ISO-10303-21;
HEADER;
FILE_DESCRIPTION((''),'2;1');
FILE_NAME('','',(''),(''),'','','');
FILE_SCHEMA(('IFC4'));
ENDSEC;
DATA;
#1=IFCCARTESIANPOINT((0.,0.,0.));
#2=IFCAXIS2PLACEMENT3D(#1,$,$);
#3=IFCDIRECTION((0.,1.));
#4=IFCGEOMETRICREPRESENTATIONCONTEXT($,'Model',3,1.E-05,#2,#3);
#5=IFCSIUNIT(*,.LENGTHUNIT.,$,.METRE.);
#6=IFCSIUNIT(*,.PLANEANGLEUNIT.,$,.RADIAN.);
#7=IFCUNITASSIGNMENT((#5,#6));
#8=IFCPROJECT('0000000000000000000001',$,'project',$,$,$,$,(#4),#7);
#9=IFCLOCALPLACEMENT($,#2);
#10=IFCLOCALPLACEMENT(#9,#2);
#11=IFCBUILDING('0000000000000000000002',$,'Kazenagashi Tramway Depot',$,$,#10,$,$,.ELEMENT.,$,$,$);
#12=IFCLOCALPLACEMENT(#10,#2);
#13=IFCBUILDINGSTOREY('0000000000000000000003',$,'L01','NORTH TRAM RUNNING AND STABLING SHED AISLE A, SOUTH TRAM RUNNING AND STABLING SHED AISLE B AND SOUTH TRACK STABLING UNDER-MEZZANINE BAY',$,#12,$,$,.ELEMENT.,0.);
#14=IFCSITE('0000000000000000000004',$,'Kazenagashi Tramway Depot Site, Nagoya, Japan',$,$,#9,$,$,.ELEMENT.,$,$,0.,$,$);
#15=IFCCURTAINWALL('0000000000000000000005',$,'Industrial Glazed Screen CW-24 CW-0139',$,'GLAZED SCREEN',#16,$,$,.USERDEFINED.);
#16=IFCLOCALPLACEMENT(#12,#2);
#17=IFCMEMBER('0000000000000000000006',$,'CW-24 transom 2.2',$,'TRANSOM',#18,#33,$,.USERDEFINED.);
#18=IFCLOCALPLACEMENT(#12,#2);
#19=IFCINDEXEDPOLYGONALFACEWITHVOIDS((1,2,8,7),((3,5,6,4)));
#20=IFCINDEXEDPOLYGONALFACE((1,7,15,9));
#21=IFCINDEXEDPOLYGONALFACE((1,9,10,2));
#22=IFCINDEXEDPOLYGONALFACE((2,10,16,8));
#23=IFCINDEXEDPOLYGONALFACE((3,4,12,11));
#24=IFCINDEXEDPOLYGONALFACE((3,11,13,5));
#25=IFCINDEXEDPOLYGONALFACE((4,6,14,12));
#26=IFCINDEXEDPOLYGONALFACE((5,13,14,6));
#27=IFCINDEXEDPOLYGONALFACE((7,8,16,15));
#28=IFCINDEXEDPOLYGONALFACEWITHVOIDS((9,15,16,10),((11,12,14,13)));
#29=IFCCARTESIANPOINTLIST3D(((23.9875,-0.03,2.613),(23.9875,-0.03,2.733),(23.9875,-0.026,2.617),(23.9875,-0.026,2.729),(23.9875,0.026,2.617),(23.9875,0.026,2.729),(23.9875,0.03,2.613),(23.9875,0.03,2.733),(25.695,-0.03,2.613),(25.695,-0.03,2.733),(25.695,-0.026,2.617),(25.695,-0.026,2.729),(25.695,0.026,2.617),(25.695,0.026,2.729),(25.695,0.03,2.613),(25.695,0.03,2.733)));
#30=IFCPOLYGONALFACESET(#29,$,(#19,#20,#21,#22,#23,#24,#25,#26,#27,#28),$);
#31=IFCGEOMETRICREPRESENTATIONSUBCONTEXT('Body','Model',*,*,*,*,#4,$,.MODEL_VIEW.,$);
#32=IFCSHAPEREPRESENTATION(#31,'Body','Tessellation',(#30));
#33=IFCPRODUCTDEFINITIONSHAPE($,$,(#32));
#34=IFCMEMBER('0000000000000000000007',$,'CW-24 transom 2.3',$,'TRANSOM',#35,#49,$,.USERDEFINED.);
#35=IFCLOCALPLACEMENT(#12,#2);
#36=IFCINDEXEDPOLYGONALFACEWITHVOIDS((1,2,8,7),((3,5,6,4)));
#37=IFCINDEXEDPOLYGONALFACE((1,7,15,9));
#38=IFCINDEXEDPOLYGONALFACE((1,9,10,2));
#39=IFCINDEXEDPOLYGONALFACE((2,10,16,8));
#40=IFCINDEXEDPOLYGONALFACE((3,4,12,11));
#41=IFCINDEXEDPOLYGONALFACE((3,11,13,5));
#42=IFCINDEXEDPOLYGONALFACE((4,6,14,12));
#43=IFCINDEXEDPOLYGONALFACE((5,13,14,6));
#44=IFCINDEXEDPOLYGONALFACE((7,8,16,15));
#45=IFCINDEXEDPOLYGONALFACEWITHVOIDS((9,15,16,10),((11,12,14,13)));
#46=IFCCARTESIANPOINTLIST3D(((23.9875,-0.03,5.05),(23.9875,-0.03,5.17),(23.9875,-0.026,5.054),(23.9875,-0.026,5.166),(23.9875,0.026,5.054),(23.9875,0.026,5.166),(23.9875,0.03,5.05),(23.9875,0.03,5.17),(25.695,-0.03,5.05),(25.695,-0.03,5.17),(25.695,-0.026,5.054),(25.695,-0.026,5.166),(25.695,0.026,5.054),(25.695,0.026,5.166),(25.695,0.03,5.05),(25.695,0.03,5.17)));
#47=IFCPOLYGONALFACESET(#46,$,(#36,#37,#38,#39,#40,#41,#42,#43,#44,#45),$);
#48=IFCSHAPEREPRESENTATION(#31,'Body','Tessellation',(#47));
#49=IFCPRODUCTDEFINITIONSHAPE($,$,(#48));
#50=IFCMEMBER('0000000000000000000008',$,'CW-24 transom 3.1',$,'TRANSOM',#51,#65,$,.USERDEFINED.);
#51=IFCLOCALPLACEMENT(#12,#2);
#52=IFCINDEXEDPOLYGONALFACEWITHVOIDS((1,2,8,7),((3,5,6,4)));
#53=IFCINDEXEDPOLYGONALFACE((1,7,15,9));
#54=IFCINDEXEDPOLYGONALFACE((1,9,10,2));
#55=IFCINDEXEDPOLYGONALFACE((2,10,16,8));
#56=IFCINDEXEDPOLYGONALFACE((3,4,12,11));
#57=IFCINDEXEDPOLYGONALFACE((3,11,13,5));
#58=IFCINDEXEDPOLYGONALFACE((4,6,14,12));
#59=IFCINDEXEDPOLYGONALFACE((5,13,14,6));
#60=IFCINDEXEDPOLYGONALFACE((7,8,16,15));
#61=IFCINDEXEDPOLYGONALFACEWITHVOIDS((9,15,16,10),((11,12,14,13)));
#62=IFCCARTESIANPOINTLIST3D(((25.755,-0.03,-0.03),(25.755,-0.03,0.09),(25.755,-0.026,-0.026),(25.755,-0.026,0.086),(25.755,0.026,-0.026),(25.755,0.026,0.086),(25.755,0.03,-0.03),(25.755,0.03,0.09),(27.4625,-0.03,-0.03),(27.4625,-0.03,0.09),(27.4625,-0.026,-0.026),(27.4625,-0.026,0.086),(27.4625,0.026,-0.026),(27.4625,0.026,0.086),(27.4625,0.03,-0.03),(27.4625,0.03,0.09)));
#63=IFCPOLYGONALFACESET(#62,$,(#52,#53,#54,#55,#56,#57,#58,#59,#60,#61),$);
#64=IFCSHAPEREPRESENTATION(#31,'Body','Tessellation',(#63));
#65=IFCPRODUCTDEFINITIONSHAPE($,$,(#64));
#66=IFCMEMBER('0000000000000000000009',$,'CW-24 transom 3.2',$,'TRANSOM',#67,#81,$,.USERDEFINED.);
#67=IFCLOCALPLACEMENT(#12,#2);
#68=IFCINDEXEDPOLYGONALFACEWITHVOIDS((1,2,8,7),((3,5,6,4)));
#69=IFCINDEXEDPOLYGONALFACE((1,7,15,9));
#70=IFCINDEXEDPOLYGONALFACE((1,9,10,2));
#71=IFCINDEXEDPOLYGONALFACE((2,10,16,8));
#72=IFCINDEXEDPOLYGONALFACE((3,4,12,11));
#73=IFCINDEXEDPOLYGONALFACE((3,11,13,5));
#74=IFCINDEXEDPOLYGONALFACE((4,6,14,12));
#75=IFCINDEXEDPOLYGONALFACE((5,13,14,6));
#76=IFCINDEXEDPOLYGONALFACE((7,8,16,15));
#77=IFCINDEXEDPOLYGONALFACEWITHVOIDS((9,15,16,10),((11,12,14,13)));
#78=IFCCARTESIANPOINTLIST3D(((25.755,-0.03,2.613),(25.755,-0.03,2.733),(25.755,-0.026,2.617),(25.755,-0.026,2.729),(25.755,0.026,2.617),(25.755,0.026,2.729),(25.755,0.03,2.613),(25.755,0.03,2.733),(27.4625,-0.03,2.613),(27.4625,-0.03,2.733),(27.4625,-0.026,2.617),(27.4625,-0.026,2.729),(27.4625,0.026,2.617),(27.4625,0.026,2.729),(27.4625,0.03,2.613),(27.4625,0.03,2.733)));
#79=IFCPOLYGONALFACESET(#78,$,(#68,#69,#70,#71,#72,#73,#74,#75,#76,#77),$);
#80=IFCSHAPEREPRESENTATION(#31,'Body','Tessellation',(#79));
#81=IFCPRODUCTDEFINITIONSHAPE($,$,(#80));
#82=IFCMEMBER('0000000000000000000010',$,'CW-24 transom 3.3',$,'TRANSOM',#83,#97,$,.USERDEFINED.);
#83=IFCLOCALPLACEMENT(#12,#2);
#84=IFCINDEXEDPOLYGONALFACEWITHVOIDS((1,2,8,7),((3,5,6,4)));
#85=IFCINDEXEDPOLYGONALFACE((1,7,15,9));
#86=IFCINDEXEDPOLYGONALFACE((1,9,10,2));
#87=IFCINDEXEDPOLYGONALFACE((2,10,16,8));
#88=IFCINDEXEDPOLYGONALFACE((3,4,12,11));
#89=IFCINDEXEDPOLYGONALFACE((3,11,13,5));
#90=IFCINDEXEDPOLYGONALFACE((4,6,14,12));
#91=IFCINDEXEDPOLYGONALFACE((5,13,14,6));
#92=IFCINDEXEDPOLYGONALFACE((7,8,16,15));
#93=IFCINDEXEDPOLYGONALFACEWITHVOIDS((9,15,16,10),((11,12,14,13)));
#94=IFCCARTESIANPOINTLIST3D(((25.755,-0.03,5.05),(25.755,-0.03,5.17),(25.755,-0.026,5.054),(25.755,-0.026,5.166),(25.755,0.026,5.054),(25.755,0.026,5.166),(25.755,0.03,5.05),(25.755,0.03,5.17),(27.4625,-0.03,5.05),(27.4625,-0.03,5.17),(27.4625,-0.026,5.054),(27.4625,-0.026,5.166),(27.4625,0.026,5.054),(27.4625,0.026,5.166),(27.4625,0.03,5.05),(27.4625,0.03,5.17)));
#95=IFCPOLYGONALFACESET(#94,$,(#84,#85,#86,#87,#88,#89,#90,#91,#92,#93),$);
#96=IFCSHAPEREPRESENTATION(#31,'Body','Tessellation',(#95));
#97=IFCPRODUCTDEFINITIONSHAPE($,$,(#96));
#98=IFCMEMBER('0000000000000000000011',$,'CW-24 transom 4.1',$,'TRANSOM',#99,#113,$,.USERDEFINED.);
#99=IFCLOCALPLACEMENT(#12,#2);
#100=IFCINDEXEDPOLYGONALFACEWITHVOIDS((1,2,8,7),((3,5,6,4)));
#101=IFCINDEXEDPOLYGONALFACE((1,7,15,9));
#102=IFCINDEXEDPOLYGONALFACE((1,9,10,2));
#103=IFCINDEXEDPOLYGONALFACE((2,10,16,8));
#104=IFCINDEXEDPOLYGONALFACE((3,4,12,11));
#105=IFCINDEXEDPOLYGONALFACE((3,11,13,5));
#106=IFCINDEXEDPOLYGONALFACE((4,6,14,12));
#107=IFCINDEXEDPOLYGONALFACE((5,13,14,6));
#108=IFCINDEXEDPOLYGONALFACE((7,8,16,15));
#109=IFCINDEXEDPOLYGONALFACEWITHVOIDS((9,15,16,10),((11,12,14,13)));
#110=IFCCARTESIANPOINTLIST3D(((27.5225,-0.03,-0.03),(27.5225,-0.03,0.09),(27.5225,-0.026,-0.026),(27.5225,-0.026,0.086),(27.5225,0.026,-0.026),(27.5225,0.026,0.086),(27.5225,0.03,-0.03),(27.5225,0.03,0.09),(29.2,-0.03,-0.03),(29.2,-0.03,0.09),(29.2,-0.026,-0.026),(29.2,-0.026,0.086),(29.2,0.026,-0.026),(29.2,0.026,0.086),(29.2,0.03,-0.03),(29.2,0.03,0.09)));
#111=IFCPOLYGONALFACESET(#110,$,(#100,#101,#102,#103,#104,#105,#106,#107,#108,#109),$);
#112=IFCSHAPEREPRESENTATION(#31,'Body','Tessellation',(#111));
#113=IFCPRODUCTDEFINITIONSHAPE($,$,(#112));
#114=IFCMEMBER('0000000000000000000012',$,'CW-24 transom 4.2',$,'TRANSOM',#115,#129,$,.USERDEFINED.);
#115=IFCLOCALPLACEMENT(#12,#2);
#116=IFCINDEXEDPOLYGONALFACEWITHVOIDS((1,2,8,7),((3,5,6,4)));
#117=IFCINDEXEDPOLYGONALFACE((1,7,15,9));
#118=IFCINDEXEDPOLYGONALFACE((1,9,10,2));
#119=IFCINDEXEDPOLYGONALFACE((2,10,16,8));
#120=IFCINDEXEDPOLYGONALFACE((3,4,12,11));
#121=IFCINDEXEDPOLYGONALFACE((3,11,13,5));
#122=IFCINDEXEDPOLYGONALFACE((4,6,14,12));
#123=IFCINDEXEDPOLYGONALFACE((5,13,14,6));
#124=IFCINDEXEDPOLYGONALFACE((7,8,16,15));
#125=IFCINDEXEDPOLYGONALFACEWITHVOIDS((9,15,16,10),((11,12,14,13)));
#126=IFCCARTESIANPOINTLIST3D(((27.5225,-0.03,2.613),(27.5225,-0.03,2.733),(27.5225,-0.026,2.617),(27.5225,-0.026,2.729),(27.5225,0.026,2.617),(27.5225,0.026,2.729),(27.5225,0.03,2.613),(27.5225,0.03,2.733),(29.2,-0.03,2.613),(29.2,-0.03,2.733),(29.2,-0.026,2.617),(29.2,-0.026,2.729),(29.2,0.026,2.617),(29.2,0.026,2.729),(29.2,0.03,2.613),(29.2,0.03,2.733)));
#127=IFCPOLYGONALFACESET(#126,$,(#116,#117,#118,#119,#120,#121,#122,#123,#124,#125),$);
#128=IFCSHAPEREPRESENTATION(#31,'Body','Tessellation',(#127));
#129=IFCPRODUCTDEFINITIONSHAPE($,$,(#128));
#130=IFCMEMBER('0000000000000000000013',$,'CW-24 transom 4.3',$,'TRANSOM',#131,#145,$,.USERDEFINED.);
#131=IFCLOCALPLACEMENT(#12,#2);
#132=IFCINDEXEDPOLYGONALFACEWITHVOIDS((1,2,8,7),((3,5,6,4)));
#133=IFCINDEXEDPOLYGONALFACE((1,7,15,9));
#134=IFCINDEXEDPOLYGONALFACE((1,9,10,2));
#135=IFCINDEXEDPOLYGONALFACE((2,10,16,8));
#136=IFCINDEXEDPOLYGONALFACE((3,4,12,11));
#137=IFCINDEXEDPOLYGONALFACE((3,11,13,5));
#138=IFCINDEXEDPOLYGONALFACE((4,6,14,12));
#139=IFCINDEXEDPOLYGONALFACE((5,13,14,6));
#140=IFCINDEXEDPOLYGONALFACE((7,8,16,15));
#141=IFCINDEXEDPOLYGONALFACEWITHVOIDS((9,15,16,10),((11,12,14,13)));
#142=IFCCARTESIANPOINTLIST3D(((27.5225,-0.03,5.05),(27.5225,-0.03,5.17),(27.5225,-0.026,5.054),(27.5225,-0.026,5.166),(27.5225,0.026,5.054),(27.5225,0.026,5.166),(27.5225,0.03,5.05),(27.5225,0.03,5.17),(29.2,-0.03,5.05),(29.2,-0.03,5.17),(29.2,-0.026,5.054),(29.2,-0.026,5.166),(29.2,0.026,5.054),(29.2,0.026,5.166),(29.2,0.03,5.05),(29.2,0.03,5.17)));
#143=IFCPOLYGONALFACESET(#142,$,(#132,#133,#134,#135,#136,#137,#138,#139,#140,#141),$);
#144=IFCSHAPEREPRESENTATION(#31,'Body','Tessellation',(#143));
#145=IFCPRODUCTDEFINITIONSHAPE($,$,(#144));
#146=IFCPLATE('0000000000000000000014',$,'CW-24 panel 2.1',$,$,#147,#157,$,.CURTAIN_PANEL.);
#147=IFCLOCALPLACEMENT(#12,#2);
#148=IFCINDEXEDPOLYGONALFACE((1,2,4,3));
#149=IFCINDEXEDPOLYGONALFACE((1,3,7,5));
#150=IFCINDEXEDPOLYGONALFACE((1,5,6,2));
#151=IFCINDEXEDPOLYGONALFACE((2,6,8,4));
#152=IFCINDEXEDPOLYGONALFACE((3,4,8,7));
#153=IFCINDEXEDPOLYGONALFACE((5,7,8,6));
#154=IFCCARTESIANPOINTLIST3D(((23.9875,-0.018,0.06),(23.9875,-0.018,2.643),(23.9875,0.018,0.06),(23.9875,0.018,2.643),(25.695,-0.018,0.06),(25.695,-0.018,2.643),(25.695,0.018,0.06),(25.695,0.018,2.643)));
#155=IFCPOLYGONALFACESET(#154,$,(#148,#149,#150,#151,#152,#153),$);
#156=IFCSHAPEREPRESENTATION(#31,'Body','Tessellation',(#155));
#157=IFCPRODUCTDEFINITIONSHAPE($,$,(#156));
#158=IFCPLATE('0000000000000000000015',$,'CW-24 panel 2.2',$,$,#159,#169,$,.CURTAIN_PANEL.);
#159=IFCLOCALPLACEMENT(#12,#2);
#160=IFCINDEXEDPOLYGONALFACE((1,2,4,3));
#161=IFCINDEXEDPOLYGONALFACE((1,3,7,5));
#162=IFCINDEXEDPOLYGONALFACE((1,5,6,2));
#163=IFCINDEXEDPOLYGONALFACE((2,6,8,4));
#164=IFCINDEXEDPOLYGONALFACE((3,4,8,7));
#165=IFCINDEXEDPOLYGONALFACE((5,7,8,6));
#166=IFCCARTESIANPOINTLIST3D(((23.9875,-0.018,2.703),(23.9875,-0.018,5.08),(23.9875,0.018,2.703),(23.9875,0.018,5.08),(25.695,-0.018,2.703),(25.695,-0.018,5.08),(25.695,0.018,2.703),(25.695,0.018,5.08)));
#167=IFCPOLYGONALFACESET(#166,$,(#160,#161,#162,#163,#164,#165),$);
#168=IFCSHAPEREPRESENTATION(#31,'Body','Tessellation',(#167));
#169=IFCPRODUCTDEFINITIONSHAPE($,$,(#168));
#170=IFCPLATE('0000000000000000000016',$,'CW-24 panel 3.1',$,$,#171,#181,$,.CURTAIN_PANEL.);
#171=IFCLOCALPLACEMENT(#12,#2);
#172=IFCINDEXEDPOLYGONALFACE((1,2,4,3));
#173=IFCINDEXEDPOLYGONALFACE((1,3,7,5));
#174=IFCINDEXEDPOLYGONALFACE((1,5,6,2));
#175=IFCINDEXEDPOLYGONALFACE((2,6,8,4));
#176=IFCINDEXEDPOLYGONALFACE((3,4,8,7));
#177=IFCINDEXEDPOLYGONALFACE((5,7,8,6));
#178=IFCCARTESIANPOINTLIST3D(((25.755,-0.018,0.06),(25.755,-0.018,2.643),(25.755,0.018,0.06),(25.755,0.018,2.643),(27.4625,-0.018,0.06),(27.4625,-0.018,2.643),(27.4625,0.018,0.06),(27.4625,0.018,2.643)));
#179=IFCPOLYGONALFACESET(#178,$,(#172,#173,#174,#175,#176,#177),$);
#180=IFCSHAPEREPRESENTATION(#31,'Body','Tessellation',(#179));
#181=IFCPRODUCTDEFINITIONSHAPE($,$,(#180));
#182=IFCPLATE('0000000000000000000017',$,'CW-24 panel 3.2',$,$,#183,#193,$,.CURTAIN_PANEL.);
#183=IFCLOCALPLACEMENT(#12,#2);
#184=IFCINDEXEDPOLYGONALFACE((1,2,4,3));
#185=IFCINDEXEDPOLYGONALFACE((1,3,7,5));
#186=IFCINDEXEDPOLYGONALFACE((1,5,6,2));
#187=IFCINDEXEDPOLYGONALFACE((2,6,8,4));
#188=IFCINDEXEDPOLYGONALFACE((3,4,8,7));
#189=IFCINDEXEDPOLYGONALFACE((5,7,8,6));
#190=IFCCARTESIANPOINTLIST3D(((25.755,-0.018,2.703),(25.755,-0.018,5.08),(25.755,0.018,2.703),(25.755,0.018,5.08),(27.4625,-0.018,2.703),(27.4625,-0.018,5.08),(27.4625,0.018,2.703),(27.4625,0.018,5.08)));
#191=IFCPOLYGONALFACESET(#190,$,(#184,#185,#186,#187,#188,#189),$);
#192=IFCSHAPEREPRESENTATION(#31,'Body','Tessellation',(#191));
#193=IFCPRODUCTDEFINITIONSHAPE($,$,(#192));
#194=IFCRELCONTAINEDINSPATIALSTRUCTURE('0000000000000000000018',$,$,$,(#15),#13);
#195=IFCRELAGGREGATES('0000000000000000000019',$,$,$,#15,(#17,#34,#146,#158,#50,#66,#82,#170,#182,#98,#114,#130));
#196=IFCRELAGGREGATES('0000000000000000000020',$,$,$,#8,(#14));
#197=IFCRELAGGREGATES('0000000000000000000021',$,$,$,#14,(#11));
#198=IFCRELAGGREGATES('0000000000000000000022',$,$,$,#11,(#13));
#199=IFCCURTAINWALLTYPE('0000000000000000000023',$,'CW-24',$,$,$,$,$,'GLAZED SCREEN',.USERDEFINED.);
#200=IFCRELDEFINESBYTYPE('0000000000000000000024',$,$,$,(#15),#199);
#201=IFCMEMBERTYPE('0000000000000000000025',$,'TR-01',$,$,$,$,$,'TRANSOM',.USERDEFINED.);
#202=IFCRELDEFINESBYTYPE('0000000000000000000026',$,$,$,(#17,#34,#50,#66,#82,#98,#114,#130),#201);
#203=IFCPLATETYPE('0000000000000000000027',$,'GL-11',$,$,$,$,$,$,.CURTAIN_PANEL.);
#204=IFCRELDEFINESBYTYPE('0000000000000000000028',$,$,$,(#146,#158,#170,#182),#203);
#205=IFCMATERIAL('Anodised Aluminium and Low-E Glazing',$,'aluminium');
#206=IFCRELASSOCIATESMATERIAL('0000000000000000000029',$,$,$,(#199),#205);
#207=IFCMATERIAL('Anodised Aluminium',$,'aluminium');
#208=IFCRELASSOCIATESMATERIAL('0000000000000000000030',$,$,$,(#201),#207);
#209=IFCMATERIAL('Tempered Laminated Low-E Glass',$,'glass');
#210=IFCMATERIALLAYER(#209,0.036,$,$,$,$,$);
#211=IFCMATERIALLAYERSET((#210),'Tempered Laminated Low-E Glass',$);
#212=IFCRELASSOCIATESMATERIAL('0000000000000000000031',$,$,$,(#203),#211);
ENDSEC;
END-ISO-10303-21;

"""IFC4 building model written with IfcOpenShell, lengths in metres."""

from ifc_helpers import new_model, si_unit, direction, frame, origin, origin_2d, place, context, subcontext, project, spatial, rectangle, hollow_rectangle, extrude, material, layer, layer_set, material_profile, profile_set, type_object, element, aggregate, save


model = new_model("IFC4")

# Units and contexts
model_context = context("Model", 3, precision=1e-05, world=origin(), true_north=direction((0.0, 1.0)))
body_context = subcontext(model_context, "Body", "Model", "MODEL_VIEW")
ifc_project = project(units=[si_unit("LENGTHUNIT", "METRE"), si_unit("PLANEANGLEUNIT", "RADIAN")], contexts=[model_context])

# Site, building, storey
site_placement = place(None, origin())
site = spatial("IfcSite", under=ifc_project, at=site_placement, Name="Kazenagashi Tramway Depot Site, Nagoya, Japan", CompositionType="ELEMENT", RefElevation=0.0)
building_placement = place(site_placement, origin())
building = spatial("IfcBuilding", under=site, at=building_placement, Name="Kazenagashi Tramway Depot", CompositionType="ELEMENT")
storey_placement = place(building_placement, origin())
storey = spatial("IfcBuildingStorey", under=building, at=storey_placement, Name="L01", Description="NORTH TRAM RUNNING AND STABLING SHED AISLE A, SOUTH TRAM RUNNING AND STABLING SHED AISLE B AND SOUTH TRACK STABLING UNDER-MEZZANINE BAY", CompositionType="ELEMENT", Elevation=0.0)

# Curtain wall, members, plates
ifc_material_1 = material(Name="Anodised Aluminium and Low-E Glazing", Category="aluminium")
curtain_wall_type = type_object("IfcCurtainWallType", Name="CW-24", ElementType="GLAZED SCREEN", PredefinedType="USERDEFINED", material=ifc_material_1)
curtain_wall_placement = place(storey_placement, origin())
curtain_wall = element("IfcCurtainWall", 1, at=curtain_wall_placement, inside=storey, type_object=curtain_wall_type, Name="Industrial Glazed Screen CW-24 CW-0139", ObjectType="GLAZED SCREEN", PredefinedType="USERDEFINED")
ifc_material_2 = material(Name="Anodised Aluminium", Category="aluminium")
ifc_material_profile_1 = material_profile(ifc_material_2, hollow_rectangle(XDim=0.06, YDim=0.12, WallThickness=0.004, at=origin_2d()), Name="RHS-120x60x4")
ifc_profile_set_1 = profile_set([ifc_material_profile_1], Name="Anodised Aluminium")
member_type_1 = type_object("IfcMemberType", Name="TR-01", ElementType="TRANSOM", PredefinedType="USERDEFINED", material=ifc_profile_set_1)
member_1_placement = place(storey_placement, frame((23.9875, 0.0, 2.673), z_axis=(1.0, 0.0, 0.0), x_axis=(0.0, 1.0, 0.0)))
member_1 = element("IfcMember", 2, at=member_1_placement, type_object=member_type_1, Name="CW-24 transom 2.2", ObjectType="TRANSOM", PredefinedType="USERDEFINED", context=body_context, shape_type="SweptSolid", body=[
    extrude(hollow_rectangle(XDim=0.06, YDim=0.12, WallThickness=0.004, at=origin_2d()), origin(), (0.0, 0.0, 1.0), 1.7075),
])
member_2_placement = place(storey_placement, frame((23.9875, 0.0, 5.11), z_axis=(1.0, 0.0, 0.0), x_axis=(0.0, 1.0, 0.0)))
member_2 = element("IfcMember", 3, at=member_2_placement, type_object=member_type_1, Name="CW-24 transom 2.3", ObjectType="TRANSOM", PredefinedType="USERDEFINED", context=body_context, shape_type="SweptSolid", body=[
    extrude(hollow_rectangle(XDim=0.06, YDim=0.12, WallThickness=0.004, at=origin_2d()), origin(), (0.0, 0.0, 1.0), 1.7075),
])
member_3_placement = place(storey_placement, frame((25.755, 0.0, 0.03), z_axis=(1.0, 0.0, 0.0), x_axis=(0.0, 1.0, 0.0)))
member_3 = element("IfcMember", 4, at=member_3_placement, type_object=member_type_1, Name="CW-24 transom 3.1", ObjectType="TRANSOM", PredefinedType="USERDEFINED", context=body_context, shape_type="SweptSolid", body=[
    extrude(hollow_rectangle(XDim=0.06, YDim=0.12, WallThickness=0.004, at=origin_2d()), origin(), (0.0, 0.0, 1.0), 1.7075),
])
member_4_placement = place(storey_placement, frame((25.755, 0.0, 2.673), z_axis=(1.0, 0.0, 0.0), x_axis=(0.0, 1.0, 0.0)))
member_4 = element("IfcMember", 5, at=member_4_placement, type_object=member_type_1, Name="CW-24 transom 3.2", ObjectType="TRANSOM", PredefinedType="USERDEFINED", context=body_context, shape_type="SweptSolid", body=[
    extrude(hollow_rectangle(XDim=0.06, YDim=0.12, WallThickness=0.004, at=origin_2d()), origin(), (0.0, 0.0, 1.0), 1.7075),
])
member_5_placement = place(storey_placement, frame((25.755, 0.0, 5.11), z_axis=(1.0, 0.0, 0.0), x_axis=(0.0, 1.0, 0.0)))
member_5 = element("IfcMember", 6, at=member_5_placement, type_object=member_type_1, Name="CW-24 transom 3.3", ObjectType="TRANSOM", PredefinedType="USERDEFINED", context=body_context, shape_type="SweptSolid", body=[
    extrude(hollow_rectangle(XDim=0.06, YDim=0.12, WallThickness=0.004, at=origin_2d()), origin(), (0.0, 0.0, 1.0), 1.7075),
])
member_6_placement = place(storey_placement, frame((27.5225, 0.0, 0.03), z_axis=(1.0, 0.0, 0.0), x_axis=(0.0, 1.0, 0.0)))
member_6 = element("IfcMember", 7, at=member_6_placement, type_object=member_type_1, Name="CW-24 transom 4.1", ObjectType="TRANSOM", PredefinedType="USERDEFINED", context=body_context, shape_type="SweptSolid", body=[
    extrude(hollow_rectangle(XDim=0.06, YDim=0.12, WallThickness=0.004, at=origin_2d()), origin(), (0.0, 0.0, 1.0), 1.6775),
])
member_7_placement = place(storey_placement, frame((27.5225, 0.0, 2.673), z_axis=(1.0, 0.0, 0.0), x_axis=(0.0, 1.0, 0.0)))
member_7 = element("IfcMember", 8, at=member_7_placement, type_object=member_type_1, Name="CW-24 transom 4.2", ObjectType="TRANSOM", PredefinedType="USERDEFINED", context=body_context, shape_type="SweptSolid", body=[
    extrude(hollow_rectangle(XDim=0.06, YDim=0.12, WallThickness=0.004, at=origin_2d()), origin(), (0.0, 0.0, 1.0), 1.6775),
])
member_8_placement = place(storey_placement, frame((27.5225, 0.0, 5.11), z_axis=(1.0, 0.0, 0.0), x_axis=(0.0, 1.0, 0.0)))
member_8 = element("IfcMember", 9, at=member_8_placement, type_object=member_type_1, Name="CW-24 transom 4.3", ObjectType="TRANSOM", PredefinedType="USERDEFINED", context=body_context, shape_type="SweptSolid", body=[
    extrude(hollow_rectangle(XDim=0.06, YDim=0.12, WallThickness=0.004, at=origin_2d()), origin(), (0.0, 0.0, 1.0), 1.6775),
])
ifc_material_3 = material(Name="Tempered Laminated Low-E Glass", Category="glass")
ifc_layer_1 = layer(ifc_material_3, 0.036)
ifc_layer_set_1 = layer_set([ifc_layer_1], Name="Tempered Laminated Low-E Glass")
plate_type = type_object("IfcPlateType", Name="GL-11", PredefinedType="CURTAIN_PANEL", material=ifc_layer_set_1)
plate_1_placement = place(storey_placement, frame((24.8412, 0.0, 0.06), z_axis=(0.0, 0.0, 1.0), x_axis=(1.0, 0.0, 0.0)))
plate_1 = element("IfcPlate", 10, at=plate_1_placement, type_object=plate_type, Name="CW-24 panel 2.1", PredefinedType="CURTAIN_PANEL", context=body_context, shape_type="SweptSolid", body=[
    extrude(rectangle(XDim=1.7075, YDim=0.036, at=origin_2d()), origin(), (0.0, 0.0, 1.0), 2.583),
])
plate_2_placement = place(storey_placement, frame((24.8412, 0.0, 2.703), z_axis=(0.0, 0.0, 1.0), x_axis=(1.0, 0.0, 0.0)))
plate_2 = element("IfcPlate", 11, at=plate_2_placement, type_object=plate_type, Name="CW-24 panel 2.2", PredefinedType="CURTAIN_PANEL", context=body_context, shape_type="SweptSolid", body=[
    extrude(rectangle(XDim=1.7075, YDim=0.036, at=origin_2d()), origin(), (0.0, 0.0, 1.0), 2.377),
])
plate_3_placement = place(storey_placement, frame((26.6088, 0.0, 0.06), z_axis=(0.0, 0.0, 1.0), x_axis=(1.0, 0.0, 0.0)))
plate_3 = element("IfcPlate", 12, at=plate_3_placement, type_object=plate_type, Name="CW-24 panel 3.1", PredefinedType="CURTAIN_PANEL", context=body_context, shape_type="SweptSolid", body=[
    extrude(rectangle(XDim=1.7075, YDim=0.036, at=origin_2d()), origin(), (0.0, 0.0, 1.0), 2.583),
])
plate_4_placement = place(storey_placement, frame((26.6088, 0.0, 2.703), z_axis=(0.0, 0.0, 1.0), x_axis=(1.0, 0.0, 0.0)))
plate_4 = element("IfcPlate", 13, at=plate_4_placement, type_object=plate_type, Name="CW-24 panel 3.2", PredefinedType="CURTAIN_PANEL", context=body_context, shape_type="SweptSolid", body=[
    extrude(rectangle(XDim=1.7075, YDim=0.036, at=origin_2d()), origin(), (0.0, 0.0, 1.0), 2.377),
])
aggregate(curtain_wall, [member_1, member_2, plate_1, plate_2, member_3, member_4, member_5, plate_3, plate_4, member_6, member_7, member_8])

save(model, "model.ifc")
